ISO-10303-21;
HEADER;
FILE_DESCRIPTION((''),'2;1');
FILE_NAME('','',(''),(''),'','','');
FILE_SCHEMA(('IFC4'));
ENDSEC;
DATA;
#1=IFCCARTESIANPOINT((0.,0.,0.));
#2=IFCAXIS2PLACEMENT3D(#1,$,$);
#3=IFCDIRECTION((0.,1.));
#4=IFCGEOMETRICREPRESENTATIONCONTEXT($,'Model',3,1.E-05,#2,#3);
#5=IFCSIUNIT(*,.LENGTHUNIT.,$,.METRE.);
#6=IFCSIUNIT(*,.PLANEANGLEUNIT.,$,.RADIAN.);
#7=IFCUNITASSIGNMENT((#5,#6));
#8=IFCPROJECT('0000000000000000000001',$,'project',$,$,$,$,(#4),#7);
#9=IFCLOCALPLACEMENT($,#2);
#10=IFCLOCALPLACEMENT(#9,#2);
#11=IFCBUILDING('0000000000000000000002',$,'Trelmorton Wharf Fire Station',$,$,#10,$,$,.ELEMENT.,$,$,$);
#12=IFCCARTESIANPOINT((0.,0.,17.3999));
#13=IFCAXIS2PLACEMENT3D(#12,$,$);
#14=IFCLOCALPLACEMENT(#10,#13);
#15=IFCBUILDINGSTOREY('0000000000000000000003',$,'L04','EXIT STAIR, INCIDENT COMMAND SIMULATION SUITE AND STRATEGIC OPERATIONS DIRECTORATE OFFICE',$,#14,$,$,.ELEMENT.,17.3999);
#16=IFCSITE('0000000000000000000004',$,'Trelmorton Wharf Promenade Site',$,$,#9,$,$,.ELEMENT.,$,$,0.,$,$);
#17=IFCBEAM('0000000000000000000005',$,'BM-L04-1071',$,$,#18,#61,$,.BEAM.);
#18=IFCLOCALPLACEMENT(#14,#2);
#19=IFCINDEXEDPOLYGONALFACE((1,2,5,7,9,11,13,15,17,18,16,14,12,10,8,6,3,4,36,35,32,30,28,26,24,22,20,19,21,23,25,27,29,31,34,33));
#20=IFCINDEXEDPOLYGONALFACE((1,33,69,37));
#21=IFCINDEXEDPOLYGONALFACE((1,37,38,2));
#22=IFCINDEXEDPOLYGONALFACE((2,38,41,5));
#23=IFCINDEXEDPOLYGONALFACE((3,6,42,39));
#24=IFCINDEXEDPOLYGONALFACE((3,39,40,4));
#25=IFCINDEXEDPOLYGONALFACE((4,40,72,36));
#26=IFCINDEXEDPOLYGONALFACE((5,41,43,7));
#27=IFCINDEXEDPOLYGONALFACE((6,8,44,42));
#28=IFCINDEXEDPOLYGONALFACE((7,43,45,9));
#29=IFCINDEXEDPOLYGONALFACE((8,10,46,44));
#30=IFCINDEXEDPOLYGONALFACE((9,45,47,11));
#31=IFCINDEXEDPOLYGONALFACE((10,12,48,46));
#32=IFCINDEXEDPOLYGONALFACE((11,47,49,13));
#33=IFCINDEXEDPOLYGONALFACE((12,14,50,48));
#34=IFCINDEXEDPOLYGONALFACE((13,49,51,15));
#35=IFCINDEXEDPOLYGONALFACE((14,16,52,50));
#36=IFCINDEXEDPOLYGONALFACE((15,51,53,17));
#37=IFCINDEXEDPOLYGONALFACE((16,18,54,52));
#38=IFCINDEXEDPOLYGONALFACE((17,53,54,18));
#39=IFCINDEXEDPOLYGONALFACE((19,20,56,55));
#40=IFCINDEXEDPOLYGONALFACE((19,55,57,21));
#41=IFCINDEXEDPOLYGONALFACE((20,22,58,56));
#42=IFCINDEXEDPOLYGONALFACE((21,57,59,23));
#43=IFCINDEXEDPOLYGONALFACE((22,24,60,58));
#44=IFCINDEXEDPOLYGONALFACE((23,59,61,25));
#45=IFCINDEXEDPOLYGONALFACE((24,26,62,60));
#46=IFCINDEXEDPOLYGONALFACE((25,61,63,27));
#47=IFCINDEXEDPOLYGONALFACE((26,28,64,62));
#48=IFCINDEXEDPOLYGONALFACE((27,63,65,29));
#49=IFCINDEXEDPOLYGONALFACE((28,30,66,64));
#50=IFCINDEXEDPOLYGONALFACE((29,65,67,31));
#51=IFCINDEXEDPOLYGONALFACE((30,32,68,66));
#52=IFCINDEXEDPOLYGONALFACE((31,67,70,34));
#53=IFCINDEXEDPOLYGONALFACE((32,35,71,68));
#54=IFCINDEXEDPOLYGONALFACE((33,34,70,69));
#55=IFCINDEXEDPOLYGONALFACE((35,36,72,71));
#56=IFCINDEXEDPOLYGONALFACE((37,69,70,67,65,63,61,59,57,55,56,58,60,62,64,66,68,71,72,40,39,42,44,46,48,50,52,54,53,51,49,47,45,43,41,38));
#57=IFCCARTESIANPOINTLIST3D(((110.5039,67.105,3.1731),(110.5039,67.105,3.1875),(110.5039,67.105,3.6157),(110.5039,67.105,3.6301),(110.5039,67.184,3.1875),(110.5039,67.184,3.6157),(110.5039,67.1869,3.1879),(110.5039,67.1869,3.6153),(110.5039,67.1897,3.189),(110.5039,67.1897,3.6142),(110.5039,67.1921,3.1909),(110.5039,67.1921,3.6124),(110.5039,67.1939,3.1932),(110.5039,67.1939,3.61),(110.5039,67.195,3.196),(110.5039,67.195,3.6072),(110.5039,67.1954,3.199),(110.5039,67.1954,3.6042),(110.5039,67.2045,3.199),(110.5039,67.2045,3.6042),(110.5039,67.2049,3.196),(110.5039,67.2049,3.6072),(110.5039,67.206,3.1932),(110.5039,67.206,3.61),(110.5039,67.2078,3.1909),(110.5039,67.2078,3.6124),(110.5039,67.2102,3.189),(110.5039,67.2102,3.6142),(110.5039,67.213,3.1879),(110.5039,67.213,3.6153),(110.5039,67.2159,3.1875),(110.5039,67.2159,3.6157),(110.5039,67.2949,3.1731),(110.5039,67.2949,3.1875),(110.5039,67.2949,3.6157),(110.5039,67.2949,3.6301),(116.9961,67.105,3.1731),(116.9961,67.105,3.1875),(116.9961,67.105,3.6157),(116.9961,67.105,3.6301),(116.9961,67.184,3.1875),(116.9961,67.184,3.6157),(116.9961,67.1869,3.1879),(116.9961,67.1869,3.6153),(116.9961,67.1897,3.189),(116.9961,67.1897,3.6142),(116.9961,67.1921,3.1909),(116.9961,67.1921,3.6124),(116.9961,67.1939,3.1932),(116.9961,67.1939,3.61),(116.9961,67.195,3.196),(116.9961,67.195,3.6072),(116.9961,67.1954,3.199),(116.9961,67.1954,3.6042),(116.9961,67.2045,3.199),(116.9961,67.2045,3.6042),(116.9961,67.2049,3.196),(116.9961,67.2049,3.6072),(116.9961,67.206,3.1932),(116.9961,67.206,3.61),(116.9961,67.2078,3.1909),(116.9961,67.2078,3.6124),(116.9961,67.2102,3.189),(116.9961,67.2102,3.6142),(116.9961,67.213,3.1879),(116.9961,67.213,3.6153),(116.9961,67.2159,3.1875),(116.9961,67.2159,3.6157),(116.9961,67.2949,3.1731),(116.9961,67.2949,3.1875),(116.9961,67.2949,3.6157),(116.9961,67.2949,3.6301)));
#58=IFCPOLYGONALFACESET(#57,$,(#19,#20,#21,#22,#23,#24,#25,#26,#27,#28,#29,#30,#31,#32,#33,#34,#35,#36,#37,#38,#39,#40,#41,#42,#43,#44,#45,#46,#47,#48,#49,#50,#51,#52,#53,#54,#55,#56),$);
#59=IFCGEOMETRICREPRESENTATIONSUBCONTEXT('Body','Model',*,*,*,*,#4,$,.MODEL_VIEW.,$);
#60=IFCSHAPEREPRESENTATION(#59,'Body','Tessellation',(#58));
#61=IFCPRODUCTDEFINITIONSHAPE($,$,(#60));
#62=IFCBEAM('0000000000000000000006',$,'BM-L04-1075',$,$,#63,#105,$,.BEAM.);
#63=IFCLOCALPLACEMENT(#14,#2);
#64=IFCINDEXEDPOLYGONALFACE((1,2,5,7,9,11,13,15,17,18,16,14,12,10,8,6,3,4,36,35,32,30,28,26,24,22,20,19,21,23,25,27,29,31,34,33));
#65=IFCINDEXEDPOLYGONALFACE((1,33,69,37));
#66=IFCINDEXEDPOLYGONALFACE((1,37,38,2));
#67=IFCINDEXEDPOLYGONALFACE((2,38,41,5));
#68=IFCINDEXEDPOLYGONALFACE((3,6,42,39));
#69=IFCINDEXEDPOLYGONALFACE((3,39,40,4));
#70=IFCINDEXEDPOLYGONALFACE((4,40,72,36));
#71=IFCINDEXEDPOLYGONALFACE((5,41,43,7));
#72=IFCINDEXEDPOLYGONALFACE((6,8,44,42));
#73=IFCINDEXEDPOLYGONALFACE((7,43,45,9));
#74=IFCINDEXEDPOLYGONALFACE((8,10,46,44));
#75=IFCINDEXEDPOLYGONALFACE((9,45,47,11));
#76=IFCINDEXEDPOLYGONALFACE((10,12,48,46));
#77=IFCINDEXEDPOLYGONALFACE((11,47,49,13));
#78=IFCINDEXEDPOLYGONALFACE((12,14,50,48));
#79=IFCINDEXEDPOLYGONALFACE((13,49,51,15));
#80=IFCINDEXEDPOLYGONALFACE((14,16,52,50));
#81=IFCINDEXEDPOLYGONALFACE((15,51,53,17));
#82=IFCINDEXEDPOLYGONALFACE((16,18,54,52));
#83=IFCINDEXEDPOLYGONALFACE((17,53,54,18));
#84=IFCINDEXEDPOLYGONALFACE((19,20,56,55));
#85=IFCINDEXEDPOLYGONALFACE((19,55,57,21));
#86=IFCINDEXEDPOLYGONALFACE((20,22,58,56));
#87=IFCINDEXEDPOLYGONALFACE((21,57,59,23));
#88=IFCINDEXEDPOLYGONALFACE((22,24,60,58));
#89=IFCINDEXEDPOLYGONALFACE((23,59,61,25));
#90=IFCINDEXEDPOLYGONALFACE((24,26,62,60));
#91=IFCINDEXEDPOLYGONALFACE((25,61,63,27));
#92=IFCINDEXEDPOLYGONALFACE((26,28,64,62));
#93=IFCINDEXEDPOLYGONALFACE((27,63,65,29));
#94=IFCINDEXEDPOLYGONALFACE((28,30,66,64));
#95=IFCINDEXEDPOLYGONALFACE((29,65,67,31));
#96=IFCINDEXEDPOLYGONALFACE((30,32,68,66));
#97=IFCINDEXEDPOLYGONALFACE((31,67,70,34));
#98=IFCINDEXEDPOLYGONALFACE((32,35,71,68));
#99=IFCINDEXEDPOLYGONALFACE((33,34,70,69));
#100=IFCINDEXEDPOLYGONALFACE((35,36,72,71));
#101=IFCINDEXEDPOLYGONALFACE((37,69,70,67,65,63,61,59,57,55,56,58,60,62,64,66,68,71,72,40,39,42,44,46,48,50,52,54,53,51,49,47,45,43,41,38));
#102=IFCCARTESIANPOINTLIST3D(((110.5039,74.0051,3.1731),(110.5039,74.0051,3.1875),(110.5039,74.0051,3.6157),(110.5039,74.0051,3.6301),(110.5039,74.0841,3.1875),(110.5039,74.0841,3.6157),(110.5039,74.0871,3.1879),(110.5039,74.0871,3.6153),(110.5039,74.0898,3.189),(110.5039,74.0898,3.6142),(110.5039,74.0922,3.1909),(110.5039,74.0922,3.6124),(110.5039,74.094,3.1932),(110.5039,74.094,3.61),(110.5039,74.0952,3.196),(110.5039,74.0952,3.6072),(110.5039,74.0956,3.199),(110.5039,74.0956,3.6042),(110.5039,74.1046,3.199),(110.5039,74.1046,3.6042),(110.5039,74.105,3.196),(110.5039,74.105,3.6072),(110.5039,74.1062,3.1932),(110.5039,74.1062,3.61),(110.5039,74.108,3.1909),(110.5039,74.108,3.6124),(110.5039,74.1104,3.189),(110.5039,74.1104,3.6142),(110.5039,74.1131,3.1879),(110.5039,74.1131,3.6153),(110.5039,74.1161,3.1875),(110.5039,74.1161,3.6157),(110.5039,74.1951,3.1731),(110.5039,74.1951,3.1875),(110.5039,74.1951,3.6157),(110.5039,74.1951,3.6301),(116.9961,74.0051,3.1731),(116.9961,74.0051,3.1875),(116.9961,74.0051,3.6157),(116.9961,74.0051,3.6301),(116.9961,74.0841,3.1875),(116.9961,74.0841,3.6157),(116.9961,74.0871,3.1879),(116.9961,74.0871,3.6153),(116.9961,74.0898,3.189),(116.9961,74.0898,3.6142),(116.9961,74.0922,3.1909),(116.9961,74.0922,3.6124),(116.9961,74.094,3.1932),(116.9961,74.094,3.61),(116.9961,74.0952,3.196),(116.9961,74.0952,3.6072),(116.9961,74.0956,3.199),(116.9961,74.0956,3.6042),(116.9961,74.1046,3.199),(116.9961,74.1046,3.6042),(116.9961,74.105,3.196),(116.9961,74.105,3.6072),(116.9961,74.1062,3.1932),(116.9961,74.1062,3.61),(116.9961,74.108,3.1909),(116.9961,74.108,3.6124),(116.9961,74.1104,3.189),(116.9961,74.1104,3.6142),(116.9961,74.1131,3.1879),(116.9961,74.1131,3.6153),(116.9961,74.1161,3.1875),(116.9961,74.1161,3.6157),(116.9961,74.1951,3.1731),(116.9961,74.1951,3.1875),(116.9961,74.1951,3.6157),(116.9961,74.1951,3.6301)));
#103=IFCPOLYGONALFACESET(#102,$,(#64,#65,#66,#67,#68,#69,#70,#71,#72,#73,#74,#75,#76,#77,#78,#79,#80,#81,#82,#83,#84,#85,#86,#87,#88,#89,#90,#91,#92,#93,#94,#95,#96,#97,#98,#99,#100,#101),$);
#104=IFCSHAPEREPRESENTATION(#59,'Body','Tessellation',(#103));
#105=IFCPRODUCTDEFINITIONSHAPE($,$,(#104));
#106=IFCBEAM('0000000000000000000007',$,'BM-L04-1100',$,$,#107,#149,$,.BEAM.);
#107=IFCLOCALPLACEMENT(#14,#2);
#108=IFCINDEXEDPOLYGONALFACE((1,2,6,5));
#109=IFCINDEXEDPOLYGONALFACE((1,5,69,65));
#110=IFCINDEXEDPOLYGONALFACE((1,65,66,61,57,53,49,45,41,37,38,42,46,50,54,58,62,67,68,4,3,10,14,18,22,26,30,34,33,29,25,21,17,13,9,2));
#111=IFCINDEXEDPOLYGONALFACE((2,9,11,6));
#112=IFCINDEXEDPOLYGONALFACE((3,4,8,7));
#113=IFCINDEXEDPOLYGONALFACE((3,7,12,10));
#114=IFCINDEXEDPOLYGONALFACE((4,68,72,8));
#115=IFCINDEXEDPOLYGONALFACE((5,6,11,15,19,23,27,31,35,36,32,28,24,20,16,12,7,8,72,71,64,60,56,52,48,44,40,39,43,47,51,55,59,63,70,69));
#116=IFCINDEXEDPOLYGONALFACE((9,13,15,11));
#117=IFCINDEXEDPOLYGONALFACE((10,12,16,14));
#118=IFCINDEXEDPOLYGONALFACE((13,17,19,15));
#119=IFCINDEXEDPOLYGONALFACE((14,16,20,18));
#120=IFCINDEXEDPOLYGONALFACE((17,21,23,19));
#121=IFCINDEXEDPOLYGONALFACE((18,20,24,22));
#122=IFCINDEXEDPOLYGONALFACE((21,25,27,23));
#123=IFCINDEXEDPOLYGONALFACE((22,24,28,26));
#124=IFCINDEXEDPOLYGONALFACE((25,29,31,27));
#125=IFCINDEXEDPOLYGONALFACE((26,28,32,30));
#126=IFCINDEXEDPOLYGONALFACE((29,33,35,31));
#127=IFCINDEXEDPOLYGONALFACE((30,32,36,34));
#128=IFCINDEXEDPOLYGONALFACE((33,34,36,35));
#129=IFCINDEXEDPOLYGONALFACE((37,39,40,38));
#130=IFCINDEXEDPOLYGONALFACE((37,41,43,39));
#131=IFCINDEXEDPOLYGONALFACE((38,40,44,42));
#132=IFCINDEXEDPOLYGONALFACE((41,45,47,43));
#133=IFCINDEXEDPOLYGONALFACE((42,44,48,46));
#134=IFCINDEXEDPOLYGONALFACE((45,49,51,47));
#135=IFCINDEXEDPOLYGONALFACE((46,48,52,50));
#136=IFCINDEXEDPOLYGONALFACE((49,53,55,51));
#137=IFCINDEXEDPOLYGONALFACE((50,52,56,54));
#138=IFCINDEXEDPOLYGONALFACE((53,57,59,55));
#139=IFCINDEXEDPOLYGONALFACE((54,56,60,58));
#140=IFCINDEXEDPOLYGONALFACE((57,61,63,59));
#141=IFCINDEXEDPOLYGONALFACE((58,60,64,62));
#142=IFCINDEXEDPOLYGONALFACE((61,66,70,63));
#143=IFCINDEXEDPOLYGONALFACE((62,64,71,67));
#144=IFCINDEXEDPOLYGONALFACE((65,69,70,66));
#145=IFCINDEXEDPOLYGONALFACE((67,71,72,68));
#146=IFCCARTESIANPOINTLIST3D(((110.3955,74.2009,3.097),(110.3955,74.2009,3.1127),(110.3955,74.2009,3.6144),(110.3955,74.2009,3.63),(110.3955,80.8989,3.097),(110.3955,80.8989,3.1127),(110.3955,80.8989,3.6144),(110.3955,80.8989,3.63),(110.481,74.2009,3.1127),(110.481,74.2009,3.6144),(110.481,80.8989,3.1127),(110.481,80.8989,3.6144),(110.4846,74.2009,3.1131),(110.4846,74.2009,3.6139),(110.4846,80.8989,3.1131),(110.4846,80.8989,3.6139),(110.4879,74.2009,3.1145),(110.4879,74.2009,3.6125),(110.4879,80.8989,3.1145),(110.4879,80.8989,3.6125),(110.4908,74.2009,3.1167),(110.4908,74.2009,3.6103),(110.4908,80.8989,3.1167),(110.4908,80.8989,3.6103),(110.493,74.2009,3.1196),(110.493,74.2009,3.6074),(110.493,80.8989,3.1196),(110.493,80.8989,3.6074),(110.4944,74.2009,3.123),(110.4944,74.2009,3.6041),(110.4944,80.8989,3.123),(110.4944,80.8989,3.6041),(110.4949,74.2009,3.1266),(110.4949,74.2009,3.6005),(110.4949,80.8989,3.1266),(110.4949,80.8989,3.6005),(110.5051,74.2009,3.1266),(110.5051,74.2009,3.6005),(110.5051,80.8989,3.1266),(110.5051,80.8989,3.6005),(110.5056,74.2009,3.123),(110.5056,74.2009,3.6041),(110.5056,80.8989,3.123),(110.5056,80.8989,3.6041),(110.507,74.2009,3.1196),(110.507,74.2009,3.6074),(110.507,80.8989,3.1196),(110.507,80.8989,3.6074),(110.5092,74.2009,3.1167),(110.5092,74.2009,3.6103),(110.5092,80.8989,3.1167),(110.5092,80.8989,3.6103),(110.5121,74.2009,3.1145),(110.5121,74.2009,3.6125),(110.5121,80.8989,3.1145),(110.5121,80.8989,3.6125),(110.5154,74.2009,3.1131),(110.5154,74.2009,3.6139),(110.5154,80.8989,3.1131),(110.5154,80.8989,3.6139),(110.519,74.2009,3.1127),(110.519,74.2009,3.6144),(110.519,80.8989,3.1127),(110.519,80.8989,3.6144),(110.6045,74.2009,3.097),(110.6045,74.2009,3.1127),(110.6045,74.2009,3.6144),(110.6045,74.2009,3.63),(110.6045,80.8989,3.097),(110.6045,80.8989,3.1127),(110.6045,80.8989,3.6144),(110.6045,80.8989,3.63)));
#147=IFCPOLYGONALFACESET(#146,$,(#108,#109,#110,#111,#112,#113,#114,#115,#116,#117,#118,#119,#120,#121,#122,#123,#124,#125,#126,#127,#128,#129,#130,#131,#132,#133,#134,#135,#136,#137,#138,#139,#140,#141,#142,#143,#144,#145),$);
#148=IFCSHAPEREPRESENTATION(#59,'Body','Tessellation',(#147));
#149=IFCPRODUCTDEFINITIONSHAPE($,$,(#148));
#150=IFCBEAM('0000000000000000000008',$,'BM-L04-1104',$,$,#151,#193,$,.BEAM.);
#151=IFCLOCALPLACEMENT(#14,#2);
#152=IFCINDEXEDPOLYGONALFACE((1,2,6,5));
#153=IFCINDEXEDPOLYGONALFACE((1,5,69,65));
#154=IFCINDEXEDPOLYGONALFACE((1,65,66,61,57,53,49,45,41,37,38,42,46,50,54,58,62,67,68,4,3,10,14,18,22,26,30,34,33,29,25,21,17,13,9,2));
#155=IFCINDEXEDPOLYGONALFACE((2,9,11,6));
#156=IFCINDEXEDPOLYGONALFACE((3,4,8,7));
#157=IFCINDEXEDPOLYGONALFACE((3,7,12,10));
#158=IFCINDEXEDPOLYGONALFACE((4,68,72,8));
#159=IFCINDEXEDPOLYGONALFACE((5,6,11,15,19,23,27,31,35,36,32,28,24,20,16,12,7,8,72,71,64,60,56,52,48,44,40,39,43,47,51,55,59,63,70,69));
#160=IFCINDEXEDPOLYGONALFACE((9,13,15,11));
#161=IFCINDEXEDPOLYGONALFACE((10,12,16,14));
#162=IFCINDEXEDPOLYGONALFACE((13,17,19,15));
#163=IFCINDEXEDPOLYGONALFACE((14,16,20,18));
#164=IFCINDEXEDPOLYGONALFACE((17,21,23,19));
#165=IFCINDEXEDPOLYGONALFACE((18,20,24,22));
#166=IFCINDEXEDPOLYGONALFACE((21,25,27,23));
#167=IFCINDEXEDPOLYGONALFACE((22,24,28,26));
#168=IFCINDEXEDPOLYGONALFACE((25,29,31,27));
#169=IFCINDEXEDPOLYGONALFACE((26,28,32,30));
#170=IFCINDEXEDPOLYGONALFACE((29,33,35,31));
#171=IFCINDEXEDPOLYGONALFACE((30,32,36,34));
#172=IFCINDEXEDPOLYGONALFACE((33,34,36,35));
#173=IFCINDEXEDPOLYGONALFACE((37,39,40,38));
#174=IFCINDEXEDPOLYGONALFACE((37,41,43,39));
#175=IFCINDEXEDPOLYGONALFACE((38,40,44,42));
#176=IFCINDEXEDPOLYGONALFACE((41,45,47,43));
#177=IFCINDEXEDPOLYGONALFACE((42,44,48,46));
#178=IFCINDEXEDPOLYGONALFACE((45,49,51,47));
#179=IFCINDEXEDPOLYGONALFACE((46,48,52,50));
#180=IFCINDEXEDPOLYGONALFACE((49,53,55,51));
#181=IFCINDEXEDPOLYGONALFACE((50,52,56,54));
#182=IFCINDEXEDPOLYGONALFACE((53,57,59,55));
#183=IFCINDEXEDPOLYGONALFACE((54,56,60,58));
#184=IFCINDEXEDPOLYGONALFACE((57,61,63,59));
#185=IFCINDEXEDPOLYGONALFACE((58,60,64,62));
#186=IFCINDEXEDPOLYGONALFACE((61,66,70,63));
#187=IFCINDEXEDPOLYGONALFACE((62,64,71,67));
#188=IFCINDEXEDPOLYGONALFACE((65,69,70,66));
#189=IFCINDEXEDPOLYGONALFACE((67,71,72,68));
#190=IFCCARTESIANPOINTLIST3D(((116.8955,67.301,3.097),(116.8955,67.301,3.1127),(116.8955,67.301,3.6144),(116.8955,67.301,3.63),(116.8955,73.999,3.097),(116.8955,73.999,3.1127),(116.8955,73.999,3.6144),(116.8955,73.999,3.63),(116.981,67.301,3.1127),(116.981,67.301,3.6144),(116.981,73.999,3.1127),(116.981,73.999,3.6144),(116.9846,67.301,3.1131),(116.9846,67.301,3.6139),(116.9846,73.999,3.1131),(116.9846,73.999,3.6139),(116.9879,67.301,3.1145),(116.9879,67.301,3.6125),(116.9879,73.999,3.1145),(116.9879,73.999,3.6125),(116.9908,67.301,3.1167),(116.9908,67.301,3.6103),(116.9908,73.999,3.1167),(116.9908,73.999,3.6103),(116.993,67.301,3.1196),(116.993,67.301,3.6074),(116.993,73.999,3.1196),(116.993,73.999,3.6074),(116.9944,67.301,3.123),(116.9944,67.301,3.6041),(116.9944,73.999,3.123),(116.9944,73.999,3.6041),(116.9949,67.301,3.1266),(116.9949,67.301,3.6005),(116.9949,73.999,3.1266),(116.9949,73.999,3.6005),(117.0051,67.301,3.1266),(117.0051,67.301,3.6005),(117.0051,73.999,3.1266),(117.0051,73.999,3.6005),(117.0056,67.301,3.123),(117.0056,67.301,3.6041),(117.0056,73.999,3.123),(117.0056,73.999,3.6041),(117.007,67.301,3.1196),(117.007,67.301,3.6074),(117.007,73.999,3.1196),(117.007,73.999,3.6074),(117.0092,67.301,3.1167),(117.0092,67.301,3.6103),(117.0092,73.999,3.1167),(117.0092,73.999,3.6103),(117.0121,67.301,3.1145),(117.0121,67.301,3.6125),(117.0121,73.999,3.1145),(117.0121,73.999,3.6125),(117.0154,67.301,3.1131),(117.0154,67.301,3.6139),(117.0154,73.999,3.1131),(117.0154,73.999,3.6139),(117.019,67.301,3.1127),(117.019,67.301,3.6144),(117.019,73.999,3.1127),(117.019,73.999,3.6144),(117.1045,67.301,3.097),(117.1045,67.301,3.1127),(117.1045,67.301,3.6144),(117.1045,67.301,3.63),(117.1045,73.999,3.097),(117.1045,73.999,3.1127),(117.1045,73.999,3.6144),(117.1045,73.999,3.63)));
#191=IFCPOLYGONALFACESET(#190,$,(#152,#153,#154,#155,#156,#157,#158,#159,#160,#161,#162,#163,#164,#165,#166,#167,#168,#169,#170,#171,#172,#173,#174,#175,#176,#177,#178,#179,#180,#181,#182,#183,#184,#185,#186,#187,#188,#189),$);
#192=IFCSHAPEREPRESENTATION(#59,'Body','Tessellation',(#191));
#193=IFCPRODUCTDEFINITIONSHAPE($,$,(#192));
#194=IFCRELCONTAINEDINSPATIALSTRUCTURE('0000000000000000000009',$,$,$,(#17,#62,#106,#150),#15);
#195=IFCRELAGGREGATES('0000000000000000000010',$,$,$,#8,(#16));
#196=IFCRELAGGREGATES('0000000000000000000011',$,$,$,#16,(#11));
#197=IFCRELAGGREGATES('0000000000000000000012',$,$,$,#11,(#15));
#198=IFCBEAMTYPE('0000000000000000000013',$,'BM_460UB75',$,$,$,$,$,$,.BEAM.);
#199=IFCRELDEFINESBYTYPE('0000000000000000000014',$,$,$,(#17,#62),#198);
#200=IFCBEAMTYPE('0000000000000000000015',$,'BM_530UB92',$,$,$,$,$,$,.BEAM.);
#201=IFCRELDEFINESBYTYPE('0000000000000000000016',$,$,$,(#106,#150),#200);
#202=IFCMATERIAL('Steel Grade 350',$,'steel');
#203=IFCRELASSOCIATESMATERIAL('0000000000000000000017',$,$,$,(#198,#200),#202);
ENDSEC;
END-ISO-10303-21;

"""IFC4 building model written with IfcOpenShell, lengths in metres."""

from ifc_helpers import new_model, si_unit, direction, frame, origin, origin_2d, place, context, subcontext, project, spatial, i_section, extrude, material, material_profile, profile_set, type_object, element, save


model = new_model("IFC4")

# Units and contexts
model_context = context("Model", 3, precision=1e-05, world=origin(), true_north=direction((0.0, 1.0)))
body_context = subcontext(model_context, "Body", "Model", "MODEL_VIEW")
ifc_project = project(units=[si_unit("LENGTHUNIT", "METRE"), si_unit("PLANEANGLEUNIT", "RADIAN")], contexts=[model_context])

# Site, building, storey
site_placement = place(None, origin())
site = spatial("IfcSite", under=ifc_project, at=site_placement, Name="Trelmorton Wharf Promenade Site", CompositionType="ELEMENT", RefElevation=0.0)
building_placement = place(site_placement, origin())
building = spatial("IfcBuilding", under=site, at=building_placement, Name="Trelmorton Wharf Fire Station", CompositionType="ELEMENT")
storey_placement = place(building_placement, frame((0.0, 0.0, 17.3999)))
storey = spatial("IfcBuildingStorey", under=building, at=storey_placement, Name="L04", Description="EXIT STAIR, INCIDENT COMMAND SIMULATION SUITE AND STRATEGIC OPERATIONS DIRECTORATE OFFICE", CompositionType="ELEMENT", Elevation=17.3999)

# Shared definitions
ifc_material_1 = material(Name="Steel Grade 350", Category="steel")

# Beams
ifc_material_profile_1 = material_profile(ifc_material_1, i_section(OverallWidth=0.1899, OverallDepth=0.457, WebThickness=0.009, FlangeThickness=0.0144, FilletRadius=0.0115, at=origin_2d()), Name="460UB74.6")
ifc_profile_set_1 = profile_set([ifc_material_profile_1], Name="Steel Grade 350")
beam_type_1 = type_object("IfcBeamType", Name="BM_460UB75", PredefinedType="BEAM", material=ifc_profile_set_1)
for number, where, z_axis, x_axis, name in (
    (1, (110.5039, 67.2, 3.4016), (1.0, 0.0, 0.0), (0.0, 1.0, 0.0), "BM-L04-1071"),
    (2, (110.5039, 74.1001, 3.4016), (1.0, 0.0, 0.0), (0.0, 1.0, 0.0), "BM-L04-1075"),
):
    element("IfcBeam", number, at=place(storey_placement, frame(where, z_axis=z_axis, x_axis=x_axis)), inside=storey, type_object=beam_type_1, Name=name, PredefinedType="BEAM", context=body_context, shape_type="SweptSolid", body=[
        extrude(i_section(OverallWidth=0.1899, OverallDepth=0.457, WebThickness=0.009, FlangeThickness=0.0144, FilletRadius=0.0115, at=origin_2d()), origin(), (0.0, 0.0, 1.0), 6.4922),
    ])
ifc_material_profile_2 = material_profile(ifc_material_1, i_section(OverallWidth=0.209, OverallDepth=0.533, WebThickness=0.0103, FlangeThickness=0.0156, FilletRadius=0.0139, at=origin_2d()), Name="530UB92.4")
ifc_profile_set_2 = profile_set([ifc_material_profile_2], Name="Steel Grade 350")
beam_type_2 = type_object("IfcBeamType", Name="BM_530UB92", PredefinedType="BEAM", material=ifc_profile_set_2)
for number, where, z_axis, x_axis, name in (
    (3, (110.5, 74.2009, 3.3635), (0.0, 1.0, 0.0), (-1.0, 0.0, 0.0), "BM-L04-1100"),
    (4, (117.0, 67.301, 3.3635), (0.0, 1.0, 0.0), (-1.0, 0.0, 0.0), "BM-L04-1104"),
):
    element("IfcBeam", number, at=place(storey_placement, frame(where, z_axis=z_axis, x_axis=x_axis)), inside=storey, type_object=beam_type_2, Name=name, PredefinedType="BEAM", context=body_context, shape_type="SweptSolid", body=[
        extrude(i_section(OverallWidth=0.209, OverallDepth=0.533, WebThickness=0.0103, FlangeThickness=0.0156, FilletRadius=0.0139, at=origin_2d()), origin(), (0.0, 0.0, 1.0), 6.698),
    ])

save(model, "model.ifc")
